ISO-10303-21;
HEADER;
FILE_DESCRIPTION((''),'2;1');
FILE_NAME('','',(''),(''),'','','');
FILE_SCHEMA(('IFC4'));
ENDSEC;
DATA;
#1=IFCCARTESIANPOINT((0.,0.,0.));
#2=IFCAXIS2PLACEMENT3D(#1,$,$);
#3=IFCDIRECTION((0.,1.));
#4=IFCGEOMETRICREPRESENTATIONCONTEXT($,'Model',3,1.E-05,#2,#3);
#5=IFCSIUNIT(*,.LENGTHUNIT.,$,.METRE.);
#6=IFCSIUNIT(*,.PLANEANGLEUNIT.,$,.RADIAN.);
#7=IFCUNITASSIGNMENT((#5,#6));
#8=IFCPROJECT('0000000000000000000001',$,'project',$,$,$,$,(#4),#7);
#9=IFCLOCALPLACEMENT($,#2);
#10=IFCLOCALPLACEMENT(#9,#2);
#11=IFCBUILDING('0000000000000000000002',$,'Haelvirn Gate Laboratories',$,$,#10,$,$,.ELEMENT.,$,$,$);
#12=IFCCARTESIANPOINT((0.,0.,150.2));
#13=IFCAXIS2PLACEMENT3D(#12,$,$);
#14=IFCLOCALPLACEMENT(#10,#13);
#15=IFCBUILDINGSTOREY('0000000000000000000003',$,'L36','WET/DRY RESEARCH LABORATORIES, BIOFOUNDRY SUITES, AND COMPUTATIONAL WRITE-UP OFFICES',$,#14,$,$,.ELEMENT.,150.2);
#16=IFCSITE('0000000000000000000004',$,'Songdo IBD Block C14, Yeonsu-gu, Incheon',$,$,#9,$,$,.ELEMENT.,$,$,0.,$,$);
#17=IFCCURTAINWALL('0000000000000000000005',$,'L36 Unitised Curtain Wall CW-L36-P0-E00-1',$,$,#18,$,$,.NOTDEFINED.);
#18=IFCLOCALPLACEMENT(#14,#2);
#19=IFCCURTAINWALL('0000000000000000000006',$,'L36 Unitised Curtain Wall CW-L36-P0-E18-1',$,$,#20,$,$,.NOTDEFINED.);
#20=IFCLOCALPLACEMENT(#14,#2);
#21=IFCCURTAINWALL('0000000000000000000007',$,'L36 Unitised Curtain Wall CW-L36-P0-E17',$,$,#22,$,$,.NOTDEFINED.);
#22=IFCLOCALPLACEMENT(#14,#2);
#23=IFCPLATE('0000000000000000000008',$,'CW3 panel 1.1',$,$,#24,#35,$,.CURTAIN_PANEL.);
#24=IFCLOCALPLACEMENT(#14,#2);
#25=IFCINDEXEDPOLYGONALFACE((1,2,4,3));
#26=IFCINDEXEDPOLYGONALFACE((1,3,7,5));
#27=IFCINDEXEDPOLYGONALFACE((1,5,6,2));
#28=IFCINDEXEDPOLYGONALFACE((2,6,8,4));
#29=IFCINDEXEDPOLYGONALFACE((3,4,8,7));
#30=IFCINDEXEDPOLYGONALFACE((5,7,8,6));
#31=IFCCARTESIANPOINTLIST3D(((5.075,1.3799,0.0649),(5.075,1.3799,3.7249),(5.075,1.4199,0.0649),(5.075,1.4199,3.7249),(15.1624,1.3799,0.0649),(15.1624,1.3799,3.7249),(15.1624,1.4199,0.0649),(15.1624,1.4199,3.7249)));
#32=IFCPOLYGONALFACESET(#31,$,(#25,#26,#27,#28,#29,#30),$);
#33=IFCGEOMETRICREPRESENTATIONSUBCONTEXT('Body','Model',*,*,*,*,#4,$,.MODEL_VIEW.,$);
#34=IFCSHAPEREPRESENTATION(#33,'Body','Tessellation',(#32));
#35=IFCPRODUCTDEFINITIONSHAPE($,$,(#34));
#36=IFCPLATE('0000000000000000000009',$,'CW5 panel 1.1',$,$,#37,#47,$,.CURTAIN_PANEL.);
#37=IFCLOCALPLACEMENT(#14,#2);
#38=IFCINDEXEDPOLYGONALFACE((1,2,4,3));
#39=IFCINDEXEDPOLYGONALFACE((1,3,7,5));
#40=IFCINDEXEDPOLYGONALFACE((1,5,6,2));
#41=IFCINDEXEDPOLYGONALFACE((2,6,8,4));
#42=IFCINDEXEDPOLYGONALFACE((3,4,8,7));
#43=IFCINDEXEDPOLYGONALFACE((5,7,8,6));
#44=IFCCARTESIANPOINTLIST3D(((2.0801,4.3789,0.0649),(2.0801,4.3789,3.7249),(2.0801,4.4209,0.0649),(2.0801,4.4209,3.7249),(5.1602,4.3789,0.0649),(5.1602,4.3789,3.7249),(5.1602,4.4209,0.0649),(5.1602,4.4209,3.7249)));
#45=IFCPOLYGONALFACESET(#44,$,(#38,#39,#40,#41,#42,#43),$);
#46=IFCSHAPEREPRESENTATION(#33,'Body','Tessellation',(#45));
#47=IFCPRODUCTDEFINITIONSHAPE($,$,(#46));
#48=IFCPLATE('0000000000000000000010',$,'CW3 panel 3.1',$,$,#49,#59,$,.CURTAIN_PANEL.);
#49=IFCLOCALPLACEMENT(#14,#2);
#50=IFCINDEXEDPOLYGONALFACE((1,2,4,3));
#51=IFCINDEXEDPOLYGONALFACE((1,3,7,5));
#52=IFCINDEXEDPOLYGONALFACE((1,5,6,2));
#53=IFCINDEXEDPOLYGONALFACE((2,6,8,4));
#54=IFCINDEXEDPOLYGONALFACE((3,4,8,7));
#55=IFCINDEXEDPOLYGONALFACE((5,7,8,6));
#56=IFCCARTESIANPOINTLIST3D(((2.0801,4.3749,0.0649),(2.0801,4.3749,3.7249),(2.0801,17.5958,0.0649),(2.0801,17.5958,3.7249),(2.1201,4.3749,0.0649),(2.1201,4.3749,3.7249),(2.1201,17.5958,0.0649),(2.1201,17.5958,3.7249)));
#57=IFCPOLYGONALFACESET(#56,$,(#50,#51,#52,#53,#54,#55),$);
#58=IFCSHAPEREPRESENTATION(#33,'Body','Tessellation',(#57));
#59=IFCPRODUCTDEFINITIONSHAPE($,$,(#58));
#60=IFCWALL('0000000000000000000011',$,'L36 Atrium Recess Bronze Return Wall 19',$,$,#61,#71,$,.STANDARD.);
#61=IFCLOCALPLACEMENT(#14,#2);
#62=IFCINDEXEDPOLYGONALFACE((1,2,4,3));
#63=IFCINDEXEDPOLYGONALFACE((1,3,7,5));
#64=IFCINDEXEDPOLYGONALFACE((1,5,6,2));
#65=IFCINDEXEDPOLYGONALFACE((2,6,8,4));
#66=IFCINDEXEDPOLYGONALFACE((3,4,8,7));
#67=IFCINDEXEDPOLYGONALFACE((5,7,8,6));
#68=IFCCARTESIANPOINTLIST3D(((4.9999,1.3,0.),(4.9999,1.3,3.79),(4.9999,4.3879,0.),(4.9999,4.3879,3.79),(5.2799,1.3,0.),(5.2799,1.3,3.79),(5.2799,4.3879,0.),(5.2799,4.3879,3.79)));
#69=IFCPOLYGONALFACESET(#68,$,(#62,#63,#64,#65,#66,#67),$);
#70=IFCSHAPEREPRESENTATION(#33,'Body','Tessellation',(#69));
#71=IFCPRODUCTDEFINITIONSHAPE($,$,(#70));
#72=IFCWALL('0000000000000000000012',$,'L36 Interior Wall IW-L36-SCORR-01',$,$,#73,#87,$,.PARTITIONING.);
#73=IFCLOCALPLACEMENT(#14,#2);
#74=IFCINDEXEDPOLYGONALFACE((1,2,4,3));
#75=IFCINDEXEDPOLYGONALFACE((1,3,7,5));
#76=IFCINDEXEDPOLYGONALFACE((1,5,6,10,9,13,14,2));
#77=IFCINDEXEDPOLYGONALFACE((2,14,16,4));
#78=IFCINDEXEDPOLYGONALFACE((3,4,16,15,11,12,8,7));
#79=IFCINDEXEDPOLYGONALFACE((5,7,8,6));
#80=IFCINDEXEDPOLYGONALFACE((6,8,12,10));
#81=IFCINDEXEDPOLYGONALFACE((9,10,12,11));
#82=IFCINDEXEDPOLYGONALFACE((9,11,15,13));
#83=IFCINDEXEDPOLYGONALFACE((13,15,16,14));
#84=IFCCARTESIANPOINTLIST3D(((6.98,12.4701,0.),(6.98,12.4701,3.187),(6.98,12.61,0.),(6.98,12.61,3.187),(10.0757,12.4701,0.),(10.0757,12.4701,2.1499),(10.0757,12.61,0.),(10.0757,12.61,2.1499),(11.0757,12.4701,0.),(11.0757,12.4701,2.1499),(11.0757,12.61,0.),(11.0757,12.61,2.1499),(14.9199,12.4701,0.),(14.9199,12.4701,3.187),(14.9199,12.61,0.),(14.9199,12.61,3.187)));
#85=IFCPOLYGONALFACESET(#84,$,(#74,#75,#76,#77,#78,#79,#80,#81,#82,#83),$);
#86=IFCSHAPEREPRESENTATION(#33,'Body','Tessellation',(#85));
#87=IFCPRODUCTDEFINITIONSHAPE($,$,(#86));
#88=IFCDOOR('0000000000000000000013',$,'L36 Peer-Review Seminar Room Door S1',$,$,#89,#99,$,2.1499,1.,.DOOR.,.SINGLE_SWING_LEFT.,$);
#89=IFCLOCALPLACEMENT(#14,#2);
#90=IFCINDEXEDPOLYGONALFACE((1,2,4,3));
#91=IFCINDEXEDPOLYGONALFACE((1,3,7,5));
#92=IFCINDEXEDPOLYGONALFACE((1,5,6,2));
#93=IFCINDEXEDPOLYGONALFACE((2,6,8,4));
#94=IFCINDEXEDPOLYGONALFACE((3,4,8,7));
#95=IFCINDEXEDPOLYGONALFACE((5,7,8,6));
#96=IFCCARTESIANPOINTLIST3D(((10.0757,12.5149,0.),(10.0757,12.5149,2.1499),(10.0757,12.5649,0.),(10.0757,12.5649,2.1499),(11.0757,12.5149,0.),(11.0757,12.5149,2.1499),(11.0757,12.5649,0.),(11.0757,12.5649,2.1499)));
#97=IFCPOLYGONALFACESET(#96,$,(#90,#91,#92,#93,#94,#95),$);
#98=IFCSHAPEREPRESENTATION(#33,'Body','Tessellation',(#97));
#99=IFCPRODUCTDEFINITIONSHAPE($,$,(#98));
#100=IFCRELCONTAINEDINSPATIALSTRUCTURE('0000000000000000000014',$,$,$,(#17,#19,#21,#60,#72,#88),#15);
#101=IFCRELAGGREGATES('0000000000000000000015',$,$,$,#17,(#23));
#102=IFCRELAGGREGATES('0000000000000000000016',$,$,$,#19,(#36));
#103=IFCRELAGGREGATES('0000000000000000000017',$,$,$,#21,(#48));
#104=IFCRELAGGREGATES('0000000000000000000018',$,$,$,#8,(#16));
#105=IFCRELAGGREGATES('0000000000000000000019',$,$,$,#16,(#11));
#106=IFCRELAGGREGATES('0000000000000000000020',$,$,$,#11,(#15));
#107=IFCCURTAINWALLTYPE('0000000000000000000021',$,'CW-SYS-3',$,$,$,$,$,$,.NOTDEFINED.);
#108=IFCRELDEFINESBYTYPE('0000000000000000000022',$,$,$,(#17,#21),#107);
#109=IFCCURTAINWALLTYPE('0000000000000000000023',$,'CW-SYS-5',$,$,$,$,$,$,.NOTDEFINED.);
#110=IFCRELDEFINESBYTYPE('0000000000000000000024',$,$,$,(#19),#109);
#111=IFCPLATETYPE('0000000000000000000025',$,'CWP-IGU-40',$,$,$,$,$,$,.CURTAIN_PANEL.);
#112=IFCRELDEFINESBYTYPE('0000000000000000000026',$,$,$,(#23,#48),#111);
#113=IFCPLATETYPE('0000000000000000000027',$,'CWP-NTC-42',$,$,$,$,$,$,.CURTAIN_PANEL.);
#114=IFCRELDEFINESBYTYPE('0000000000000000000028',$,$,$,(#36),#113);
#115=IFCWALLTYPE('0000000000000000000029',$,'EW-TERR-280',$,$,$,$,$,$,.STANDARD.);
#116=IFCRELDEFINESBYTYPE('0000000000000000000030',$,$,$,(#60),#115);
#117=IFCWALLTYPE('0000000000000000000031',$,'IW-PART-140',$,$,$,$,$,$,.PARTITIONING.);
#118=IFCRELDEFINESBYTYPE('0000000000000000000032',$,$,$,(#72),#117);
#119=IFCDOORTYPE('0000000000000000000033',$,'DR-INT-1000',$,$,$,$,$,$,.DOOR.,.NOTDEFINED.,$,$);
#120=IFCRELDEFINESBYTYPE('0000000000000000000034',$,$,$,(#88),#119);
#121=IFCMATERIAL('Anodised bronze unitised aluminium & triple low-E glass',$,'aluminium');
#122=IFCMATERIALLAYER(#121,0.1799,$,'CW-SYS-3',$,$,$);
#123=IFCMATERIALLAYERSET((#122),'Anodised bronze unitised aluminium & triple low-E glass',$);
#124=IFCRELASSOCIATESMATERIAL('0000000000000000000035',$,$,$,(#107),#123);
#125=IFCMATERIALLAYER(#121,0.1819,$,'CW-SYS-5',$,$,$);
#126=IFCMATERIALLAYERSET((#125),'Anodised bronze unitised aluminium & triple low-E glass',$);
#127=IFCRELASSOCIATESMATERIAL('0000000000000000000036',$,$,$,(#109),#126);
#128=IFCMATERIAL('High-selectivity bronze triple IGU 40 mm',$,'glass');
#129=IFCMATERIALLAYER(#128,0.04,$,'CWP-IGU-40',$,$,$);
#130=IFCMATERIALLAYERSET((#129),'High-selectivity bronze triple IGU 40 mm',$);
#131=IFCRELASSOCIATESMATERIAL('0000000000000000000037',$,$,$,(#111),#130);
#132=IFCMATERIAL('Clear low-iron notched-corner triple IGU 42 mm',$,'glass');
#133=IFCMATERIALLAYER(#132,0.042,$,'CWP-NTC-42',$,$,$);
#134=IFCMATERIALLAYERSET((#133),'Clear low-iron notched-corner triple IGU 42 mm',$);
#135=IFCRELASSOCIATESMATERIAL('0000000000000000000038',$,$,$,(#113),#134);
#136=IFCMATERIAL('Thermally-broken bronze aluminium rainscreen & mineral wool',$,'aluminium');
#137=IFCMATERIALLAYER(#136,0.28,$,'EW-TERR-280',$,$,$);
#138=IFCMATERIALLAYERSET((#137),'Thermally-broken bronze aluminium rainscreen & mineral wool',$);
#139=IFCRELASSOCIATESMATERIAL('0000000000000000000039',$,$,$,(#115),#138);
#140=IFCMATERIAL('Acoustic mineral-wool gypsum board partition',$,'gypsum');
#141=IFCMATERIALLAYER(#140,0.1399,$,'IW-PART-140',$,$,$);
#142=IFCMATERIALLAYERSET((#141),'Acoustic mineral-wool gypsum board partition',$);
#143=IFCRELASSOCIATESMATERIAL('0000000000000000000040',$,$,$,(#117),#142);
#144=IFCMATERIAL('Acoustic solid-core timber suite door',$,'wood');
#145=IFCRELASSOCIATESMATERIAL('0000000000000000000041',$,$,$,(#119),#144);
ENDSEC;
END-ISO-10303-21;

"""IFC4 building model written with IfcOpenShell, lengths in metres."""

from ifc_helpers import new_model, si_unit, direction, frame, frame_2d, origin, origin_2d, place, context, subcontext, project, spatial, rectangle, extrude, source, transform, mapped, material, layer, layer_set, type_object, type_shapes, element, fill, aggregate, save


model = new_model("IFC4")

# Units and contexts
model_context = context("Model", 3, precision=1e-05, world=origin(), true_north=direction((0.0, 1.0)))
body_context = subcontext(model_context, "Body", "Model", "MODEL_VIEW")
ifc_project = project(units=[si_unit("LENGTHUNIT", "METRE"), si_unit("PLANEANGLEUNIT", "RADIAN")], contexts=[model_context])

# Site, building, storey
site_placement = place(None, origin())
site = spatial("IfcSite", under=ifc_project, at=site_placement, Name="Songdo IBD Block C14, Yeonsu-gu, Incheon", CompositionType="ELEMENT", RefElevation=0.0)
building_placement = place(site_placement, origin())
building = spatial("IfcBuilding", under=site, at=building_placement, Name="Haelvirn Gate Laboratories", CompositionType="ELEMENT")
storey_placement = place(building_placement, frame((0.0, 0.0, 150.2)))
storey = spatial("IfcBuildingStorey", under=building, at=storey_placement, Name="L36", Description="WET/DRY RESEARCH LABORATORIES, BIOFOUNDRY SUITES, AND COMPUTATIONAL WRITE-UP OFFICES", CompositionType="ELEMENT", Elevation=150.2)

# Curtain walls
ifc_material_1 = material(Name="Anodised bronze unitised aluminium & triple low-E glass", Category="aluminium")
ifc_layer_1 = layer(ifc_material_1, 0.1799, Name="CW-SYS-3")
ifc_layer_set_1 = layer_set([ifc_layer_1], Name="Anodised bronze unitised aluminium & triple low-E glass")
curtain_wall_type_1 = type_object("IfcCurtainWallType", Name="CW-SYS-3", PredefinedType="NOTDEFINED", material=ifc_layer_set_1)
curtain_wall_1_placement = place(storey_placement, origin())
curtain_wall_1 = element("IfcCurtainWall", 1, at=curtain_wall_1_placement, inside=storey, type_object=curtain_wall_type_1, Name="L36 Unitised Curtain Wall CW-L36-P0-E00-1", PredefinedType="NOTDEFINED")
ifc_layer_2 = layer(ifc_material_1, 0.1819, Name="CW-SYS-5")
ifc_layer_set_2 = layer_set([ifc_layer_2], Name="Anodised bronze unitised aluminium & triple low-E glass")
curtain_wall_type_2 = type_object("IfcCurtainWallType", Name="CW-SYS-5", PredefinedType="NOTDEFINED", material=ifc_layer_set_2)
curtain_wall_2_placement = place(storey_placement, origin())
curtain_wall_2 = element("IfcCurtainWall", 2, at=curtain_wall_2_placement, inside=storey, type_object=curtain_wall_type_2, Name="L36 Unitised Curtain Wall CW-L36-P0-E18-1", PredefinedType="NOTDEFINED")

# Curtain wall
curtain_wall_3_placement = place(storey_placement, origin())
curtain_wall_3 = element("IfcCurtainWall", 3, at=curtain_wall_3_placement, inside=storey, type_object=curtain_wall_type_1, Name="L36 Unitised Curtain Wall CW-L36-P0-E17", PredefinedType="NOTDEFINED")

# Plates
ifc_material_2 = material(Name="High-selectivity bronze triple IGU 40 mm", Category="glass")
ifc_layer_3 = layer(ifc_material_2, 0.04, Name="CWP-IGU-40")
ifc_layer_set_3 = layer_set([ifc_layer_3], Name="High-selectivity bronze triple IGU 40 mm")
plate_type_1 = type_object("IfcPlateType", Name="CWP-IGU-40", PredefinedType="CURTAIN_PANEL", material=ifc_layer_set_3)
shared_shape_1 = source(origin(), body_context, "Body", "SweptSolid", [
    extrude(rectangle(XDim=10.0874, YDim=0.04, at=origin_2d()), origin(), (0.0, 0.0, 1.0), 3.6599),
])
plate_1_placement = place(storey_placement, frame((10.1187, 1.3999, 0.0649), z_axis=(0.0, 0.0, 1.0), x_axis=(1.0, 0.0, 0.0)))
plate_1 = element("IfcPlate", 4, at=plate_1_placement, type_object=plate_type_1, Name="CW3 panel 1.1", PredefinedType="CURTAIN_PANEL", context=body_context, shape_type="MappedRepresentation", body=[
    mapped(shared_shape_1, transform((0.0, 0.0, 0.0), scale=1.0)),
])
aggregate(curtain_wall_1, [plate_1])
ifc_material_3 = material(Name="Clear low-iron notched-corner triple IGU 42 mm", Category="glass")
ifc_layer_4 = layer(ifc_material_3, 0.042, Name="CWP-NTC-42")
ifc_layer_set_4 = layer_set([ifc_layer_4], Name="Clear low-iron notched-corner triple IGU 42 mm")
plate_type_2 = type_object("IfcPlateType", Name="CWP-NTC-42", PredefinedType="CURTAIN_PANEL", material=ifc_layer_set_4)
shared_shape_2 = source(origin(), body_context, "Body", "SweptSolid", [
    extrude(rectangle(XDim=3.0801, YDim=0.042, at=origin_2d()), origin(), (0.0, 0.0, 1.0), 3.6599),
])
type_shapes(plate_type_2, [shared_shape_2])
plate_2_placement = place(storey_placement, frame((3.6201, 4.3999, 0.0649), z_axis=(0.0, 0.0, 1.0), x_axis=(1.0, 0.0, 0.0)))
plate_2 = element("IfcPlate", 5, at=plate_2_placement, type_object=plate_type_2, Name="CW5 panel 1.1", PredefinedType="CURTAIN_PANEL", context=body_context, shape_type="MappedRepresentation", body=[
    mapped(shared_shape_2, transform((0.0, 0.0, 0.0), scale=1.0)),
])
aggregate(curtain_wall_2, [plate_2])
shared_shape_3 = source(origin(), body_context, "Body", "SweptSolid", [
    extrude(rectangle(XDim=13.2209, YDim=0.04, at=origin_2d()), origin(), (0.0, 0.0, 1.0), 3.6599),
])
type_shapes(plate_type_1, [shared_shape_1, shared_shape_3])
plate_3_placement = place(storey_placement, frame((2.1001, 10.9854, 0.0649), z_axis=(0.0, 0.0, 1.0), x_axis=(0.0, -1.0, 0.0)))
plate_3 = element("IfcPlate", 6, at=plate_3_placement, type_object=plate_type_1, Name="CW3 panel 3.1", PredefinedType="CURTAIN_PANEL", context=body_context, shape_type="MappedRepresentation", body=[
    mapped(shared_shape_3, transform((0.0, 0.0, 0.0), scale=1.0)),
])
aggregate(curtain_wall_3, [plate_3])

# Wall
ifc_material_4 = material(Name="Thermally-broken bronze aluminium rainscreen & mineral wool", Category="aluminium")
ifc_layer_5 = layer(ifc_material_4, 0.28, Name="EW-TERR-280")
ifc_layer_set_5 = layer_set([ifc_layer_5], Name="Thermally-broken bronze aluminium rainscreen & mineral wool")
wall_type_1 = type_object("IfcWallType", Name="EW-TERR-280", PredefinedType="STANDARD", material=ifc_layer_set_5)
wall_1_placement = place(storey_placement, frame((5.1399, 4.3879, 0.0), z_axis=(0.0, 0.0, 1.0), x_axis=(0.0, -1.0, 0.0)))
element("IfcWall", 7, at=wall_1_placement, inside=storey, type_object=wall_type_1, Name="L36 Atrium Recess Bronze Return Wall 19", PredefinedType="STANDARD", context=body_context, shape_type="SweptSolid", body=[
    extrude(rectangle(XDim=3.0879, YDim=0.28, at=frame_2d((1.5439, 0.0))), origin(), (0.0, 0.0, 1.0), 3.79),
])

# Wall, opening, door
ifc_material_5 = material(Name="Acoustic mineral-wool gypsum board partition", Category="gypsum")
ifc_layer_6 = layer(ifc_material_5, 0.1399, Name="IW-PART-140")
ifc_layer_set_6 = layer_set([ifc_layer_6], Name="Acoustic mineral-wool gypsum board partition")
wall_type_2 = type_object("IfcWallType", Name="IW-PART-140", PredefinedType="PARTITIONING", material=ifc_layer_set_6)
wall_2_placement = place(storey_placement, frame((6.98, 12.54, 0.0), z_axis=(0.0, 0.0, 1.0), x_axis=(1.0, 0.0, 0.0)))
wall_2 = element("IfcWall", 8, at=wall_2_placement, inside=storey, type_object=wall_type_2, Name="L36 Interior Wall IW-L36-SCORR-01", PredefinedType="PARTITIONING", context=body_context, shape_type="SweptSolid", body=[
    extrude(rectangle(XDim=7.9399, YDim=0.1399, at=frame_2d((3.97, 0.0))), origin(), (0.0, 0.0, 1.0), 3.187),
])
opening_placement = place(wall_2_placement, frame((3.0957, 0.0, 0.0)))
opening = element("IfcOpeningElement", 9, at=opening_placement, cuts=wall_2, PredefinedType="OPENING", context=body_context, shape_type="SweptSolid", body=[
    extrude(rectangle(XDim=1.0, YDim=2.1499, at=frame_2d((0.5, 1.075))), frame((0.0, 0.0801, 0.0), z_axis=(0.0, -1.0, 0.0), x_axis=(1.0, 0.0, 0.0)), (0.0, 0.0, 1.0), 0.1599),
])
ifc_material_6 = material(Name="Acoustic solid-core timber suite door", Category="wood")
door_type = type_object("IfcDoorType", Name="DR-INT-1000", OperationType="NOTDEFINED", PredefinedType="DOOR", material=ifc_material_6)
shared_shape_4 = source(origin(), body_context, "Body", "SweptSolid", [
    extrude(rectangle(XDim=1.0, YDim=2.1499, at=frame_2d((0.5, 1.075))), frame((0.0, 0.0249, 0.0), z_axis=(0.0, -1.0, 0.0), x_axis=(1.0, 0.0, 0.0)), (0.0, 0.0, 1.0), 0.05),
])
type_shapes(door_type, [shared_shape_4])
door_placement = place(opening_placement, origin())
door = element("IfcDoor", 10, at=door_placement, inside=storey, type_object=door_type, Name="L36 Peer-Review Seminar Room Door S1", OperationType="SINGLE_SWING_LEFT", OverallHeight=2.1499, OverallWidth=1.0, PredefinedType="DOOR", context=body_context, shape_type="MappedRepresentation", body=[
    mapped(shared_shape_4, transform((0.0, 0.0, 0.0), scale=1.0)),
])
fill(opening, door)

save(model, "model.ifc")
